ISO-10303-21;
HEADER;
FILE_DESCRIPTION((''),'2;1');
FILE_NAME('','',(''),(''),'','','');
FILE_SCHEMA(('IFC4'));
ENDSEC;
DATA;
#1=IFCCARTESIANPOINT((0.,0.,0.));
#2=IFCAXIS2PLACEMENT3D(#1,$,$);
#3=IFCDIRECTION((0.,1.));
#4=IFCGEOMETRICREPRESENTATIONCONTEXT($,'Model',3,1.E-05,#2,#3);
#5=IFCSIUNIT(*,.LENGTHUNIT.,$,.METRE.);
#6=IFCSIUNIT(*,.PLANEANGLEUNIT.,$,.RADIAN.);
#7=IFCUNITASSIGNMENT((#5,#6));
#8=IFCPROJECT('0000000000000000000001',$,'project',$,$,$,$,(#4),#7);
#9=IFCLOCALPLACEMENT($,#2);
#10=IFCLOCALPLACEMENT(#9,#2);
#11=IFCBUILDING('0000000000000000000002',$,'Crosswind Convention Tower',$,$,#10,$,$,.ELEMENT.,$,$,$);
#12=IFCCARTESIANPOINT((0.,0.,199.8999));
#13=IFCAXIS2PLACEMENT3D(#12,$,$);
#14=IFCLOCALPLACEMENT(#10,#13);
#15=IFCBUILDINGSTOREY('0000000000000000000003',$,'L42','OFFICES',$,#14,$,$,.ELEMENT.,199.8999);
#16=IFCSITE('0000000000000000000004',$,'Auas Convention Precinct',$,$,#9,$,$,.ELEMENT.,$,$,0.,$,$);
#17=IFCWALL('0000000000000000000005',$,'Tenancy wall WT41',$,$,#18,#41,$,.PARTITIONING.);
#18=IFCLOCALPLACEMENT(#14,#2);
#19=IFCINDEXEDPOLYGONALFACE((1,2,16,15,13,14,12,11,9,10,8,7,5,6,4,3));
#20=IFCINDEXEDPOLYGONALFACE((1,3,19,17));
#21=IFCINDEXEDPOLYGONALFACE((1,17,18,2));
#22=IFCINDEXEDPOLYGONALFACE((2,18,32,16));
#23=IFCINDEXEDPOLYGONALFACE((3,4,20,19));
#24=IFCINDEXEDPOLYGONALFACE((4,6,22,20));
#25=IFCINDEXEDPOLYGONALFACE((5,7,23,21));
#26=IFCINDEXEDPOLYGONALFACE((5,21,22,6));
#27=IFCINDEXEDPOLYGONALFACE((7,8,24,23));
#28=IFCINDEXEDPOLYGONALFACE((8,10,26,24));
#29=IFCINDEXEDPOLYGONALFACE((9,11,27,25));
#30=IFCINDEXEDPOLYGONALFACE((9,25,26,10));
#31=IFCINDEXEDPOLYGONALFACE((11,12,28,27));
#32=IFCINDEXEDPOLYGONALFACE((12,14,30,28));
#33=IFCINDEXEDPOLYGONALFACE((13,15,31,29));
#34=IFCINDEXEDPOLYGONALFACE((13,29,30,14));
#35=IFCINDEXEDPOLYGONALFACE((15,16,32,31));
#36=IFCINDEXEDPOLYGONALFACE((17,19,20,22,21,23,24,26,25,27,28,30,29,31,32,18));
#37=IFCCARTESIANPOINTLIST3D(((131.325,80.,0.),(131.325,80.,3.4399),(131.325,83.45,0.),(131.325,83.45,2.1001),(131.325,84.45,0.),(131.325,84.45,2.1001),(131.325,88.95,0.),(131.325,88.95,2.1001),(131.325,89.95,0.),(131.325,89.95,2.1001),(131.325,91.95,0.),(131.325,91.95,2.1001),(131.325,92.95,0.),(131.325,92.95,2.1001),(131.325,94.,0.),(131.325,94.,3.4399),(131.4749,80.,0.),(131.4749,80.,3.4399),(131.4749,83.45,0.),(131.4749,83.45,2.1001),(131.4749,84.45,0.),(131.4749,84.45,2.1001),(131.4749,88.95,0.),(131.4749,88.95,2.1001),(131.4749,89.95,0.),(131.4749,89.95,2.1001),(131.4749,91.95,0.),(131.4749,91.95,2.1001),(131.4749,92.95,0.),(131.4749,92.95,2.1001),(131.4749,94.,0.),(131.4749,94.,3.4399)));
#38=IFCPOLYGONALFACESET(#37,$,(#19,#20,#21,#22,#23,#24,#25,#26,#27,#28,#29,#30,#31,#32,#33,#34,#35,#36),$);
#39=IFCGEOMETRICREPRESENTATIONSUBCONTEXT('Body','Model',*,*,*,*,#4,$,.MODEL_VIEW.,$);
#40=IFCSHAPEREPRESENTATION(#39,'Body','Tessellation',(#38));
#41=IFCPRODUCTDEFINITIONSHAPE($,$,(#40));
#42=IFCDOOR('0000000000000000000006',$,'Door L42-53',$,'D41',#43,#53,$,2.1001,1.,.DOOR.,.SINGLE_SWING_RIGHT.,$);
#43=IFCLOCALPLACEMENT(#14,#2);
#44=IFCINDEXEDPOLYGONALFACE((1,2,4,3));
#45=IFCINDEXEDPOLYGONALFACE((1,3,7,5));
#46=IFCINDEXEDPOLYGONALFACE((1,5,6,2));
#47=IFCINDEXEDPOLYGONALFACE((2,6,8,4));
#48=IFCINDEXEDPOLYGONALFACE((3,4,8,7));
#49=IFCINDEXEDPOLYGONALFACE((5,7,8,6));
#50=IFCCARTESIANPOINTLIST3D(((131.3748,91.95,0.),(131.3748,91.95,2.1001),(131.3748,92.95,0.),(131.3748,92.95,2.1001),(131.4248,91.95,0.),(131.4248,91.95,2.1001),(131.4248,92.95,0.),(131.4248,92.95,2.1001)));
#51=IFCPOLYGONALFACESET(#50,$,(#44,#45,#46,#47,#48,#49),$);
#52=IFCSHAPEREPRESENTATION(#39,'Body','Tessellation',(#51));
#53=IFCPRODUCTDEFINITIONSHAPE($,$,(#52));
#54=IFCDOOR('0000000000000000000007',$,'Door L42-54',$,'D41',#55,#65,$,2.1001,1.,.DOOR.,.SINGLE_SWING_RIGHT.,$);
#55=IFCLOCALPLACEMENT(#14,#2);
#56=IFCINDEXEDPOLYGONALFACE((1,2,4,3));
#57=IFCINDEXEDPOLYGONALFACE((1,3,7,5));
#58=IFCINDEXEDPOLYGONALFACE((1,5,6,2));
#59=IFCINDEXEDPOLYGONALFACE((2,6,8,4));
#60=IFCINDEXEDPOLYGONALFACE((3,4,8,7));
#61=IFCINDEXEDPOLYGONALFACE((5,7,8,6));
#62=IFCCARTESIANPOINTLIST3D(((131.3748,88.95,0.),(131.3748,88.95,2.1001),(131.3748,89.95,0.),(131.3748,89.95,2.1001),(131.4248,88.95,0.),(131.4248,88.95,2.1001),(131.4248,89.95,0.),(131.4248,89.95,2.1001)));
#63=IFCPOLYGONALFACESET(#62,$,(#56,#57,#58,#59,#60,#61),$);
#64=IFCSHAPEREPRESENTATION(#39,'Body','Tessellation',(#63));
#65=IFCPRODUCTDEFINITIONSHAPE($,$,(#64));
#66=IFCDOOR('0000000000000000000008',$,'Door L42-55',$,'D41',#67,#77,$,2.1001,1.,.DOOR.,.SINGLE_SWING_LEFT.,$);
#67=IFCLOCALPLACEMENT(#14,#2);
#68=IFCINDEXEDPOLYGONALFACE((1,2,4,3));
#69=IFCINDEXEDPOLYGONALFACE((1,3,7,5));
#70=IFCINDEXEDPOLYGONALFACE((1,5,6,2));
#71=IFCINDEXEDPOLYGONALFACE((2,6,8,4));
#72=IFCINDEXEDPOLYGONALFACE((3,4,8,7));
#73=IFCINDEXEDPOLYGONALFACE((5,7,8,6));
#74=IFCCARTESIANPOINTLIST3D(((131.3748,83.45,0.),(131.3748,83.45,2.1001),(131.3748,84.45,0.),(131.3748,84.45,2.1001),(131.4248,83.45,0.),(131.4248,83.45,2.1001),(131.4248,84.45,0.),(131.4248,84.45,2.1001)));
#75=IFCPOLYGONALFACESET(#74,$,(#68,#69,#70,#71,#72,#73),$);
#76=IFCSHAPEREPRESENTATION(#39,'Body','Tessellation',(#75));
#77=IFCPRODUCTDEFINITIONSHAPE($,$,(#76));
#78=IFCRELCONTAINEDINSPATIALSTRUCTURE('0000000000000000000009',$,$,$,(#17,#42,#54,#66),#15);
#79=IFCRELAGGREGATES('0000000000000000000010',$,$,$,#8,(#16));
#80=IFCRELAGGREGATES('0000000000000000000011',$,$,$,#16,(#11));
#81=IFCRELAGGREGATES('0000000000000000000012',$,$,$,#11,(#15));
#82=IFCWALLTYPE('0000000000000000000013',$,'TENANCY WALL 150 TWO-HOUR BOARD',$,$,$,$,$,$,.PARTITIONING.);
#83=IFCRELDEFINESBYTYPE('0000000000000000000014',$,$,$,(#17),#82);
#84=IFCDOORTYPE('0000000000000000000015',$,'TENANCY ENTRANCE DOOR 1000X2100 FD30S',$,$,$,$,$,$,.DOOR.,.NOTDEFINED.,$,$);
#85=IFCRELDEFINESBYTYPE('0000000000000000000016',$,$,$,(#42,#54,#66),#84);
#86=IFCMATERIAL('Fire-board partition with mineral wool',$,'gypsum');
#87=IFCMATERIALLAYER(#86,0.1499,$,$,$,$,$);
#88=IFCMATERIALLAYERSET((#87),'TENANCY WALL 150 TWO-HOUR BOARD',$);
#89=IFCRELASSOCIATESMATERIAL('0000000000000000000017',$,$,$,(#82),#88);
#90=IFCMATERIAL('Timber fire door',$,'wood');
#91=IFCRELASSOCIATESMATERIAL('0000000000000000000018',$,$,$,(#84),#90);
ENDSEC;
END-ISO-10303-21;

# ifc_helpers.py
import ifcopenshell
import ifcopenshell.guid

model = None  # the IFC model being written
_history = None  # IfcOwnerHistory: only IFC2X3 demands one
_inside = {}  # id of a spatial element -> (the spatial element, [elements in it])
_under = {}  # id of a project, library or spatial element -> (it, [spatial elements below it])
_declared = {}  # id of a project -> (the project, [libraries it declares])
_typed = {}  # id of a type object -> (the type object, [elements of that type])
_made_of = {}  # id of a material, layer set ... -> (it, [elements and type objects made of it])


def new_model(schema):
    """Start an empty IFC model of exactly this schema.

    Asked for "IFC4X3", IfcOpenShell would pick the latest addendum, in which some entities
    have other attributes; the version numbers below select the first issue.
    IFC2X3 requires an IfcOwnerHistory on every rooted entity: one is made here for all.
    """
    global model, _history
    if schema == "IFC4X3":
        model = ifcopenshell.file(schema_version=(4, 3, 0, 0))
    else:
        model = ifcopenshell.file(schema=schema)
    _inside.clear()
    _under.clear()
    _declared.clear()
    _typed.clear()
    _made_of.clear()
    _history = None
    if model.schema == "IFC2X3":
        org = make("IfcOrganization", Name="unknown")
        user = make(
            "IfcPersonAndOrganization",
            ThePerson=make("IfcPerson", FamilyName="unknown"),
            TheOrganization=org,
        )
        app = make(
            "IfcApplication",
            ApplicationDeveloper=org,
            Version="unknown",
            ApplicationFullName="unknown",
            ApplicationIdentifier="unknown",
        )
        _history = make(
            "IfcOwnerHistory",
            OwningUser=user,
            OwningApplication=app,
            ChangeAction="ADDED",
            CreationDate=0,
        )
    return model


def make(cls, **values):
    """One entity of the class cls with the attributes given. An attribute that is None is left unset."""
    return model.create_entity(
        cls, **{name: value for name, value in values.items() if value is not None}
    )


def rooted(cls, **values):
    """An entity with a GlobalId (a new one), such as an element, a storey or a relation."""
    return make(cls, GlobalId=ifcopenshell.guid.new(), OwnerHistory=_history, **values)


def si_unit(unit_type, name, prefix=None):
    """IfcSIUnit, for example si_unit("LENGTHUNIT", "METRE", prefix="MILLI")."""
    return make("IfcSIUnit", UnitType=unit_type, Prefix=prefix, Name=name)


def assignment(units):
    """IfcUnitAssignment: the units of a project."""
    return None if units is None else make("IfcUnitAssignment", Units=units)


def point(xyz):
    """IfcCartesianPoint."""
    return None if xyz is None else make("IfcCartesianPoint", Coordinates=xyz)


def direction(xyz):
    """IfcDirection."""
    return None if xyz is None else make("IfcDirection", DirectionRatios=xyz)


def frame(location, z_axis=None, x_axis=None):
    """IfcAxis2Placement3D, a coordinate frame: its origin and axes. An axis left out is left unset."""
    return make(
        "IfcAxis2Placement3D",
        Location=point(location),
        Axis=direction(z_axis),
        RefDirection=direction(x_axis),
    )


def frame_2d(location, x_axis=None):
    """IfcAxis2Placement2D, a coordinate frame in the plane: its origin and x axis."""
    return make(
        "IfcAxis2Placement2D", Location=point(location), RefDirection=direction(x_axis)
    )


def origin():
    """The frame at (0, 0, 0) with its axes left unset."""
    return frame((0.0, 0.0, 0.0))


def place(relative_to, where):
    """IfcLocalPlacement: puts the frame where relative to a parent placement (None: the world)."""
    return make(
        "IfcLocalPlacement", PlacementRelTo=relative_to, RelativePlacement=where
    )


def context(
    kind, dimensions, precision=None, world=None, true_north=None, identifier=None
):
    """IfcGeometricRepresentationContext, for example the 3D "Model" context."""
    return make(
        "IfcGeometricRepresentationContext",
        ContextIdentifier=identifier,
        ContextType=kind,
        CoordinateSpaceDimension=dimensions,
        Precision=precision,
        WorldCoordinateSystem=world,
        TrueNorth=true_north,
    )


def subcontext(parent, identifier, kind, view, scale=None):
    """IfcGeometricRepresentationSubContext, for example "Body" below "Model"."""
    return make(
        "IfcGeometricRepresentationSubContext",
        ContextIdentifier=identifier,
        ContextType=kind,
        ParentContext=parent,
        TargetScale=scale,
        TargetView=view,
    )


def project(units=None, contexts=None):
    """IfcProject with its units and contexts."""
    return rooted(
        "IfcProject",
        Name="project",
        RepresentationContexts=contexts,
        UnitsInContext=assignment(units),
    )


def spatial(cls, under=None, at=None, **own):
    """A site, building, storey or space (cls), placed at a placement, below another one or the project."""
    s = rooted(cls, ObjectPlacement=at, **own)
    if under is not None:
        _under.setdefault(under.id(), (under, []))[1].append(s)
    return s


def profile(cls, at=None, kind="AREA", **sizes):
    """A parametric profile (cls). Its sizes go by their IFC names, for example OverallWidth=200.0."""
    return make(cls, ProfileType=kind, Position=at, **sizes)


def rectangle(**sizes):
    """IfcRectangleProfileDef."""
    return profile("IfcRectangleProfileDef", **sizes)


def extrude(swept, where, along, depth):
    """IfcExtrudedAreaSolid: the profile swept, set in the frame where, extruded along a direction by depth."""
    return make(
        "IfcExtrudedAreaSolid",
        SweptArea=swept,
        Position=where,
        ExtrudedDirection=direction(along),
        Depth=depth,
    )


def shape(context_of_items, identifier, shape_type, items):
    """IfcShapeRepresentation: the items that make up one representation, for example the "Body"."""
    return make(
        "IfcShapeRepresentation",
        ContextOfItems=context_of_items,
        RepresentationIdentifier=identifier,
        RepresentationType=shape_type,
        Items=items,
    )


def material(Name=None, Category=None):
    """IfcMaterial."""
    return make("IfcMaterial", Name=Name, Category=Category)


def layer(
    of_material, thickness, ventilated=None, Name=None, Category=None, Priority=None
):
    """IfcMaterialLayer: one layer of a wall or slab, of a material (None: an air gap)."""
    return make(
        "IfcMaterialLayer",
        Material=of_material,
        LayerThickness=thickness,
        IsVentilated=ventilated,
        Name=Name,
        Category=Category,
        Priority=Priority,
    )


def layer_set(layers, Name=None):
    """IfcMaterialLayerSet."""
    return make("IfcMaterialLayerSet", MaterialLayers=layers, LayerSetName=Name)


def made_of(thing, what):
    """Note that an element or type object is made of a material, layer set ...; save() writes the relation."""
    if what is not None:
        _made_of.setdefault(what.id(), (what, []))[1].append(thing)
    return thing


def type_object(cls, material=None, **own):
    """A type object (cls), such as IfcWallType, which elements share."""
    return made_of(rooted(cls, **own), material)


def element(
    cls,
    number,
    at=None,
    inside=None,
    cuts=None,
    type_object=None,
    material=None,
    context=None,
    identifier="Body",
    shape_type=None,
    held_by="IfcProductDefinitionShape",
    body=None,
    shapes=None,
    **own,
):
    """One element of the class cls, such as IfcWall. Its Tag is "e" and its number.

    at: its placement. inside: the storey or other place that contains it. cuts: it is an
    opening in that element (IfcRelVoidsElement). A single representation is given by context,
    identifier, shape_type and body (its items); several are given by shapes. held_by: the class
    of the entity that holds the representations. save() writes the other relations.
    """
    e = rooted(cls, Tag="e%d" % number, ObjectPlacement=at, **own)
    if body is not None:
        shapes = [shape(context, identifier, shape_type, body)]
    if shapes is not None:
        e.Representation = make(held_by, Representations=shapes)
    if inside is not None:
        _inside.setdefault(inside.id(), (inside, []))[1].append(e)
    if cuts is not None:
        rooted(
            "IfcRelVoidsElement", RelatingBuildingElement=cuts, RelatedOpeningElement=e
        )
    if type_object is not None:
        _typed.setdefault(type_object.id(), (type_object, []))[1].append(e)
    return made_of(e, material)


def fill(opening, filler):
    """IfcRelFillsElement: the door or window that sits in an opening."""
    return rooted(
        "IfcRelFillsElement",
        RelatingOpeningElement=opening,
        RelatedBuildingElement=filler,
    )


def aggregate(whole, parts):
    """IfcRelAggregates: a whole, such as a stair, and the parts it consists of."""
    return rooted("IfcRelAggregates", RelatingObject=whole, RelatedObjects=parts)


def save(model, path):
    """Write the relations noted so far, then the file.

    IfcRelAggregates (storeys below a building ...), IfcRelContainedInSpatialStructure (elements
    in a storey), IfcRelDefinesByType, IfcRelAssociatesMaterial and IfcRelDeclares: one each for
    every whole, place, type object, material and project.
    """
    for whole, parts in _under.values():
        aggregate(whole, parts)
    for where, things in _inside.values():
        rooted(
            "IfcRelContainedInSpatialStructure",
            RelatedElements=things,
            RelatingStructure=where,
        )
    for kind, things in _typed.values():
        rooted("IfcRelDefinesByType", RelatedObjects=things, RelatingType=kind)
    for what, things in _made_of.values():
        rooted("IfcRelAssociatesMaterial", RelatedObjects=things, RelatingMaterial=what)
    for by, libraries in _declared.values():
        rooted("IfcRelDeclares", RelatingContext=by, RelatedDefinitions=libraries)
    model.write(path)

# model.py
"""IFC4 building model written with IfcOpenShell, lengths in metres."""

from ifc_helpers import new_model, si_unit, direction, frame, frame_2d, origin, place, context, subcontext, project, spatial, rectangle, extrude, material, layer, layer_set, type_object, element, fill, save


model = new_model("IFC4")

# Units and contexts
model_context = context("Model", 3, precision=1e-05, world=origin(), true_north=direction((0.0, 1.0)))
body_context = subcontext(model_context, "Body", "Model", "MODEL_VIEW")
ifc_project = project(units=[si_unit("LENGTHUNIT", "METRE"), si_unit("PLANEANGLEUNIT", "RADIAN")], contexts=[model_context])

# Site, building, storey
site_placement = place(None, origin())
site = spatial("IfcSite", under=ifc_project, at=site_placement, Name="Auas Convention Precinct", CompositionType="ELEMENT", RefElevation=0.0)
building_placement = place(site_placement, origin())
building = spatial("IfcBuilding", under=site, at=building_placement, Name="Crosswind Convention Tower", CompositionType="ELEMENT")
storey_placement = place(building_placement, frame((0.0, 0.0, 199.8999)))
storey = spatial("IfcBuildingStorey", under=building, at=storey_placement, Name="L42", Description="OFFICES", CompositionType="ELEMENT", Elevation=199.8999)

# Wall, openings, doors
ifc_material_1 = material(Name="Fire-board partition with mineral wool", Category="gypsum")
ifc_layer_1 = layer(ifc_material_1, 0.1499)
ifc_layer_set_1 = layer_set([ifc_layer_1], Name="TENANCY WALL 150 TWO-HOUR BOARD")
wall_type_1 = type_object("IfcWallType", Name="TENANCY WALL 150 TWO-HOUR BOARD", PredefinedType="PARTITIONING", material=ifc_layer_set_1)
wall_1_placement = place(storey_placement, frame((131.3999, 80.0, 0.0), z_axis=(0.0, 0.0, 1.0), x_axis=(0.0, 1.0, 0.0)))
wall_1 = element("IfcWall", 1, at=wall_1_placement, inside=storey, type_object=wall_type_1, Name="Tenancy wall WT41", PredefinedType="PARTITIONING", context=body_context, shape_type="SweptSolid", body=[
    extrude(rectangle(XDim=14.0, YDim=0.1499, at=frame_2d((7.0, 0.0))), origin(), (0.0, 0.0, 1.0), 3.4399),
])
opening_1_placement = place(wall_1_placement, frame((11.95, 0.0, 0.0)))
opening_1 = element("IfcOpeningElement", 2, at=opening_1_placement, cuts=wall_1, PredefinedType="OPENING", context=body_context, shape_type="SweptSolid", body=[
    extrude(rectangle(XDim=1.0, YDim=2.1001, at=frame_2d((0.5, 1.05))), frame((0.0, 0.085, 0.0), z_axis=(0.0, -1.0, 0.0), x_axis=(1.0, 0.0, 0.0)), (0.0, 0.0, 1.0), 0.1699),
])
opening_2_placement = place(wall_1_placement, frame((8.95, 0.0, 0.0)))
opening_2 = element("IfcOpeningElement", 3, at=opening_2_placement, cuts=wall_1, PredefinedType="OPENING", context=body_context, shape_type="SweptSolid", body=[
    extrude(rectangle(XDim=1.0, YDim=2.1001, at=frame_2d((0.5, 1.05))), frame((0.0, 0.085, 0.0), z_axis=(0.0, -1.0, 0.0), x_axis=(1.0, 0.0, 0.0)), (0.0, 0.0, 1.0), 0.1699),
])
opening_3_placement = place(wall_1_placement, frame((3.45, 0.0, 0.0)))
opening_3 = element("IfcOpeningElement", 4, at=opening_3_placement, cuts=wall_1, PredefinedType="OPENING", context=body_context, shape_type="SweptSolid", body=[
    extrude(rectangle(XDim=1.0, YDim=2.1001, at=frame_2d((0.5, 1.05))), frame((0.0, 0.085, 0.0), z_axis=(0.0, -1.0, 0.0), x_axis=(1.0, 0.0, 0.0)), (0.0, 0.0, 1.0), 0.1699),
])
ifc_material_2 = material(Name="Timber fire door", Category="wood")
door_type = type_object("IfcDoorType", Name="TENANCY ENTRANCE DOOR 1000X2100 FD30S", OperationType="NOTDEFINED", PredefinedType="DOOR", material=ifc_material_2)
door_1_placement = place(opening_1_placement, frame((1.0, 0.0, 0.0), z_axis=(0.0, 0.0, 1.0), x_axis=(-1.0, 0.0, 0.0)))
door_1 = element("IfcDoor", 5, at=door_1_placement, inside=storey, type_object=door_type, Name="Door L42-53", ObjectType="D41", OperationType="SINGLE_SWING_RIGHT", OverallHeight=2.1001, OverallWidth=1.0, PredefinedType="DOOR", context=body_context, shape_type="SweptSolid", body=[
    extrude(rectangle(XDim=1.0, YDim=2.1001, at=frame_2d((0.5, 1.05))), frame((0.0, 0.0249, 0.0), z_axis=(0.0, -1.0, 0.0), x_axis=(1.0, 0.0, 0.0)), (0.0, 0.0, 1.0), 0.05),
])
fill(opening_1, door_1)
door_2_placement = place(opening_2_placement, frame((1.0, 0.0, 0.0), z_axis=(0.0, 0.0, 1.0), x_axis=(-1.0, 0.0, 0.0)))
door_2 = element("IfcDoor", 6, at=door_2_placement, inside=storey, type_object=door_type, Name="Door L42-54", ObjectType="D41", OperationType="SINGLE_SWING_RIGHT", OverallHeight=2.1001, OverallWidth=1.0, PredefinedType="DOOR", context=body_context, shape_type="SweptSolid", body=[
    extrude(rectangle(XDim=1.0, YDim=2.1001, at=frame_2d((0.5, 1.05))), frame((0.0, 0.0249, 0.0), z_axis=(0.0, -1.0, 0.0), x_axis=(1.0, 0.0, 0.0)), (0.0, 0.0, 1.0), 0.05),
])
fill(opening_2, door_2)
door_3_placement = place(opening_3_placement, frame((1.0, 0.0, 0.0), z_axis=(0.0, 0.0, 1.0), x_axis=(-1.0, 0.0, 0.0)))
door_3 = element("IfcDoor", 7, at=door_3_placement, inside=storey, type_object=door_type, Name="Door L42-55", ObjectType="D41", OperationType="SINGLE_SWING_LEFT", OverallHeight=2.1001, OverallWidth=1.0, PredefinedType="DOOR", context=body_context, shape_type="SweptSolid", body=[
    extrude(rectangle(XDim=1.0, YDim=2.1001, at=frame_2d((0.5, 1.05))), frame((0.0, 0.0249, 0.0), z_axis=(0.0, -1.0, 0.0), x_axis=(1.0, 0.0, 0.0)), (0.0, 0.0, 1.0), 0.05),
])
fill(opening_3, door_3)

save(model, "model.ifc")
